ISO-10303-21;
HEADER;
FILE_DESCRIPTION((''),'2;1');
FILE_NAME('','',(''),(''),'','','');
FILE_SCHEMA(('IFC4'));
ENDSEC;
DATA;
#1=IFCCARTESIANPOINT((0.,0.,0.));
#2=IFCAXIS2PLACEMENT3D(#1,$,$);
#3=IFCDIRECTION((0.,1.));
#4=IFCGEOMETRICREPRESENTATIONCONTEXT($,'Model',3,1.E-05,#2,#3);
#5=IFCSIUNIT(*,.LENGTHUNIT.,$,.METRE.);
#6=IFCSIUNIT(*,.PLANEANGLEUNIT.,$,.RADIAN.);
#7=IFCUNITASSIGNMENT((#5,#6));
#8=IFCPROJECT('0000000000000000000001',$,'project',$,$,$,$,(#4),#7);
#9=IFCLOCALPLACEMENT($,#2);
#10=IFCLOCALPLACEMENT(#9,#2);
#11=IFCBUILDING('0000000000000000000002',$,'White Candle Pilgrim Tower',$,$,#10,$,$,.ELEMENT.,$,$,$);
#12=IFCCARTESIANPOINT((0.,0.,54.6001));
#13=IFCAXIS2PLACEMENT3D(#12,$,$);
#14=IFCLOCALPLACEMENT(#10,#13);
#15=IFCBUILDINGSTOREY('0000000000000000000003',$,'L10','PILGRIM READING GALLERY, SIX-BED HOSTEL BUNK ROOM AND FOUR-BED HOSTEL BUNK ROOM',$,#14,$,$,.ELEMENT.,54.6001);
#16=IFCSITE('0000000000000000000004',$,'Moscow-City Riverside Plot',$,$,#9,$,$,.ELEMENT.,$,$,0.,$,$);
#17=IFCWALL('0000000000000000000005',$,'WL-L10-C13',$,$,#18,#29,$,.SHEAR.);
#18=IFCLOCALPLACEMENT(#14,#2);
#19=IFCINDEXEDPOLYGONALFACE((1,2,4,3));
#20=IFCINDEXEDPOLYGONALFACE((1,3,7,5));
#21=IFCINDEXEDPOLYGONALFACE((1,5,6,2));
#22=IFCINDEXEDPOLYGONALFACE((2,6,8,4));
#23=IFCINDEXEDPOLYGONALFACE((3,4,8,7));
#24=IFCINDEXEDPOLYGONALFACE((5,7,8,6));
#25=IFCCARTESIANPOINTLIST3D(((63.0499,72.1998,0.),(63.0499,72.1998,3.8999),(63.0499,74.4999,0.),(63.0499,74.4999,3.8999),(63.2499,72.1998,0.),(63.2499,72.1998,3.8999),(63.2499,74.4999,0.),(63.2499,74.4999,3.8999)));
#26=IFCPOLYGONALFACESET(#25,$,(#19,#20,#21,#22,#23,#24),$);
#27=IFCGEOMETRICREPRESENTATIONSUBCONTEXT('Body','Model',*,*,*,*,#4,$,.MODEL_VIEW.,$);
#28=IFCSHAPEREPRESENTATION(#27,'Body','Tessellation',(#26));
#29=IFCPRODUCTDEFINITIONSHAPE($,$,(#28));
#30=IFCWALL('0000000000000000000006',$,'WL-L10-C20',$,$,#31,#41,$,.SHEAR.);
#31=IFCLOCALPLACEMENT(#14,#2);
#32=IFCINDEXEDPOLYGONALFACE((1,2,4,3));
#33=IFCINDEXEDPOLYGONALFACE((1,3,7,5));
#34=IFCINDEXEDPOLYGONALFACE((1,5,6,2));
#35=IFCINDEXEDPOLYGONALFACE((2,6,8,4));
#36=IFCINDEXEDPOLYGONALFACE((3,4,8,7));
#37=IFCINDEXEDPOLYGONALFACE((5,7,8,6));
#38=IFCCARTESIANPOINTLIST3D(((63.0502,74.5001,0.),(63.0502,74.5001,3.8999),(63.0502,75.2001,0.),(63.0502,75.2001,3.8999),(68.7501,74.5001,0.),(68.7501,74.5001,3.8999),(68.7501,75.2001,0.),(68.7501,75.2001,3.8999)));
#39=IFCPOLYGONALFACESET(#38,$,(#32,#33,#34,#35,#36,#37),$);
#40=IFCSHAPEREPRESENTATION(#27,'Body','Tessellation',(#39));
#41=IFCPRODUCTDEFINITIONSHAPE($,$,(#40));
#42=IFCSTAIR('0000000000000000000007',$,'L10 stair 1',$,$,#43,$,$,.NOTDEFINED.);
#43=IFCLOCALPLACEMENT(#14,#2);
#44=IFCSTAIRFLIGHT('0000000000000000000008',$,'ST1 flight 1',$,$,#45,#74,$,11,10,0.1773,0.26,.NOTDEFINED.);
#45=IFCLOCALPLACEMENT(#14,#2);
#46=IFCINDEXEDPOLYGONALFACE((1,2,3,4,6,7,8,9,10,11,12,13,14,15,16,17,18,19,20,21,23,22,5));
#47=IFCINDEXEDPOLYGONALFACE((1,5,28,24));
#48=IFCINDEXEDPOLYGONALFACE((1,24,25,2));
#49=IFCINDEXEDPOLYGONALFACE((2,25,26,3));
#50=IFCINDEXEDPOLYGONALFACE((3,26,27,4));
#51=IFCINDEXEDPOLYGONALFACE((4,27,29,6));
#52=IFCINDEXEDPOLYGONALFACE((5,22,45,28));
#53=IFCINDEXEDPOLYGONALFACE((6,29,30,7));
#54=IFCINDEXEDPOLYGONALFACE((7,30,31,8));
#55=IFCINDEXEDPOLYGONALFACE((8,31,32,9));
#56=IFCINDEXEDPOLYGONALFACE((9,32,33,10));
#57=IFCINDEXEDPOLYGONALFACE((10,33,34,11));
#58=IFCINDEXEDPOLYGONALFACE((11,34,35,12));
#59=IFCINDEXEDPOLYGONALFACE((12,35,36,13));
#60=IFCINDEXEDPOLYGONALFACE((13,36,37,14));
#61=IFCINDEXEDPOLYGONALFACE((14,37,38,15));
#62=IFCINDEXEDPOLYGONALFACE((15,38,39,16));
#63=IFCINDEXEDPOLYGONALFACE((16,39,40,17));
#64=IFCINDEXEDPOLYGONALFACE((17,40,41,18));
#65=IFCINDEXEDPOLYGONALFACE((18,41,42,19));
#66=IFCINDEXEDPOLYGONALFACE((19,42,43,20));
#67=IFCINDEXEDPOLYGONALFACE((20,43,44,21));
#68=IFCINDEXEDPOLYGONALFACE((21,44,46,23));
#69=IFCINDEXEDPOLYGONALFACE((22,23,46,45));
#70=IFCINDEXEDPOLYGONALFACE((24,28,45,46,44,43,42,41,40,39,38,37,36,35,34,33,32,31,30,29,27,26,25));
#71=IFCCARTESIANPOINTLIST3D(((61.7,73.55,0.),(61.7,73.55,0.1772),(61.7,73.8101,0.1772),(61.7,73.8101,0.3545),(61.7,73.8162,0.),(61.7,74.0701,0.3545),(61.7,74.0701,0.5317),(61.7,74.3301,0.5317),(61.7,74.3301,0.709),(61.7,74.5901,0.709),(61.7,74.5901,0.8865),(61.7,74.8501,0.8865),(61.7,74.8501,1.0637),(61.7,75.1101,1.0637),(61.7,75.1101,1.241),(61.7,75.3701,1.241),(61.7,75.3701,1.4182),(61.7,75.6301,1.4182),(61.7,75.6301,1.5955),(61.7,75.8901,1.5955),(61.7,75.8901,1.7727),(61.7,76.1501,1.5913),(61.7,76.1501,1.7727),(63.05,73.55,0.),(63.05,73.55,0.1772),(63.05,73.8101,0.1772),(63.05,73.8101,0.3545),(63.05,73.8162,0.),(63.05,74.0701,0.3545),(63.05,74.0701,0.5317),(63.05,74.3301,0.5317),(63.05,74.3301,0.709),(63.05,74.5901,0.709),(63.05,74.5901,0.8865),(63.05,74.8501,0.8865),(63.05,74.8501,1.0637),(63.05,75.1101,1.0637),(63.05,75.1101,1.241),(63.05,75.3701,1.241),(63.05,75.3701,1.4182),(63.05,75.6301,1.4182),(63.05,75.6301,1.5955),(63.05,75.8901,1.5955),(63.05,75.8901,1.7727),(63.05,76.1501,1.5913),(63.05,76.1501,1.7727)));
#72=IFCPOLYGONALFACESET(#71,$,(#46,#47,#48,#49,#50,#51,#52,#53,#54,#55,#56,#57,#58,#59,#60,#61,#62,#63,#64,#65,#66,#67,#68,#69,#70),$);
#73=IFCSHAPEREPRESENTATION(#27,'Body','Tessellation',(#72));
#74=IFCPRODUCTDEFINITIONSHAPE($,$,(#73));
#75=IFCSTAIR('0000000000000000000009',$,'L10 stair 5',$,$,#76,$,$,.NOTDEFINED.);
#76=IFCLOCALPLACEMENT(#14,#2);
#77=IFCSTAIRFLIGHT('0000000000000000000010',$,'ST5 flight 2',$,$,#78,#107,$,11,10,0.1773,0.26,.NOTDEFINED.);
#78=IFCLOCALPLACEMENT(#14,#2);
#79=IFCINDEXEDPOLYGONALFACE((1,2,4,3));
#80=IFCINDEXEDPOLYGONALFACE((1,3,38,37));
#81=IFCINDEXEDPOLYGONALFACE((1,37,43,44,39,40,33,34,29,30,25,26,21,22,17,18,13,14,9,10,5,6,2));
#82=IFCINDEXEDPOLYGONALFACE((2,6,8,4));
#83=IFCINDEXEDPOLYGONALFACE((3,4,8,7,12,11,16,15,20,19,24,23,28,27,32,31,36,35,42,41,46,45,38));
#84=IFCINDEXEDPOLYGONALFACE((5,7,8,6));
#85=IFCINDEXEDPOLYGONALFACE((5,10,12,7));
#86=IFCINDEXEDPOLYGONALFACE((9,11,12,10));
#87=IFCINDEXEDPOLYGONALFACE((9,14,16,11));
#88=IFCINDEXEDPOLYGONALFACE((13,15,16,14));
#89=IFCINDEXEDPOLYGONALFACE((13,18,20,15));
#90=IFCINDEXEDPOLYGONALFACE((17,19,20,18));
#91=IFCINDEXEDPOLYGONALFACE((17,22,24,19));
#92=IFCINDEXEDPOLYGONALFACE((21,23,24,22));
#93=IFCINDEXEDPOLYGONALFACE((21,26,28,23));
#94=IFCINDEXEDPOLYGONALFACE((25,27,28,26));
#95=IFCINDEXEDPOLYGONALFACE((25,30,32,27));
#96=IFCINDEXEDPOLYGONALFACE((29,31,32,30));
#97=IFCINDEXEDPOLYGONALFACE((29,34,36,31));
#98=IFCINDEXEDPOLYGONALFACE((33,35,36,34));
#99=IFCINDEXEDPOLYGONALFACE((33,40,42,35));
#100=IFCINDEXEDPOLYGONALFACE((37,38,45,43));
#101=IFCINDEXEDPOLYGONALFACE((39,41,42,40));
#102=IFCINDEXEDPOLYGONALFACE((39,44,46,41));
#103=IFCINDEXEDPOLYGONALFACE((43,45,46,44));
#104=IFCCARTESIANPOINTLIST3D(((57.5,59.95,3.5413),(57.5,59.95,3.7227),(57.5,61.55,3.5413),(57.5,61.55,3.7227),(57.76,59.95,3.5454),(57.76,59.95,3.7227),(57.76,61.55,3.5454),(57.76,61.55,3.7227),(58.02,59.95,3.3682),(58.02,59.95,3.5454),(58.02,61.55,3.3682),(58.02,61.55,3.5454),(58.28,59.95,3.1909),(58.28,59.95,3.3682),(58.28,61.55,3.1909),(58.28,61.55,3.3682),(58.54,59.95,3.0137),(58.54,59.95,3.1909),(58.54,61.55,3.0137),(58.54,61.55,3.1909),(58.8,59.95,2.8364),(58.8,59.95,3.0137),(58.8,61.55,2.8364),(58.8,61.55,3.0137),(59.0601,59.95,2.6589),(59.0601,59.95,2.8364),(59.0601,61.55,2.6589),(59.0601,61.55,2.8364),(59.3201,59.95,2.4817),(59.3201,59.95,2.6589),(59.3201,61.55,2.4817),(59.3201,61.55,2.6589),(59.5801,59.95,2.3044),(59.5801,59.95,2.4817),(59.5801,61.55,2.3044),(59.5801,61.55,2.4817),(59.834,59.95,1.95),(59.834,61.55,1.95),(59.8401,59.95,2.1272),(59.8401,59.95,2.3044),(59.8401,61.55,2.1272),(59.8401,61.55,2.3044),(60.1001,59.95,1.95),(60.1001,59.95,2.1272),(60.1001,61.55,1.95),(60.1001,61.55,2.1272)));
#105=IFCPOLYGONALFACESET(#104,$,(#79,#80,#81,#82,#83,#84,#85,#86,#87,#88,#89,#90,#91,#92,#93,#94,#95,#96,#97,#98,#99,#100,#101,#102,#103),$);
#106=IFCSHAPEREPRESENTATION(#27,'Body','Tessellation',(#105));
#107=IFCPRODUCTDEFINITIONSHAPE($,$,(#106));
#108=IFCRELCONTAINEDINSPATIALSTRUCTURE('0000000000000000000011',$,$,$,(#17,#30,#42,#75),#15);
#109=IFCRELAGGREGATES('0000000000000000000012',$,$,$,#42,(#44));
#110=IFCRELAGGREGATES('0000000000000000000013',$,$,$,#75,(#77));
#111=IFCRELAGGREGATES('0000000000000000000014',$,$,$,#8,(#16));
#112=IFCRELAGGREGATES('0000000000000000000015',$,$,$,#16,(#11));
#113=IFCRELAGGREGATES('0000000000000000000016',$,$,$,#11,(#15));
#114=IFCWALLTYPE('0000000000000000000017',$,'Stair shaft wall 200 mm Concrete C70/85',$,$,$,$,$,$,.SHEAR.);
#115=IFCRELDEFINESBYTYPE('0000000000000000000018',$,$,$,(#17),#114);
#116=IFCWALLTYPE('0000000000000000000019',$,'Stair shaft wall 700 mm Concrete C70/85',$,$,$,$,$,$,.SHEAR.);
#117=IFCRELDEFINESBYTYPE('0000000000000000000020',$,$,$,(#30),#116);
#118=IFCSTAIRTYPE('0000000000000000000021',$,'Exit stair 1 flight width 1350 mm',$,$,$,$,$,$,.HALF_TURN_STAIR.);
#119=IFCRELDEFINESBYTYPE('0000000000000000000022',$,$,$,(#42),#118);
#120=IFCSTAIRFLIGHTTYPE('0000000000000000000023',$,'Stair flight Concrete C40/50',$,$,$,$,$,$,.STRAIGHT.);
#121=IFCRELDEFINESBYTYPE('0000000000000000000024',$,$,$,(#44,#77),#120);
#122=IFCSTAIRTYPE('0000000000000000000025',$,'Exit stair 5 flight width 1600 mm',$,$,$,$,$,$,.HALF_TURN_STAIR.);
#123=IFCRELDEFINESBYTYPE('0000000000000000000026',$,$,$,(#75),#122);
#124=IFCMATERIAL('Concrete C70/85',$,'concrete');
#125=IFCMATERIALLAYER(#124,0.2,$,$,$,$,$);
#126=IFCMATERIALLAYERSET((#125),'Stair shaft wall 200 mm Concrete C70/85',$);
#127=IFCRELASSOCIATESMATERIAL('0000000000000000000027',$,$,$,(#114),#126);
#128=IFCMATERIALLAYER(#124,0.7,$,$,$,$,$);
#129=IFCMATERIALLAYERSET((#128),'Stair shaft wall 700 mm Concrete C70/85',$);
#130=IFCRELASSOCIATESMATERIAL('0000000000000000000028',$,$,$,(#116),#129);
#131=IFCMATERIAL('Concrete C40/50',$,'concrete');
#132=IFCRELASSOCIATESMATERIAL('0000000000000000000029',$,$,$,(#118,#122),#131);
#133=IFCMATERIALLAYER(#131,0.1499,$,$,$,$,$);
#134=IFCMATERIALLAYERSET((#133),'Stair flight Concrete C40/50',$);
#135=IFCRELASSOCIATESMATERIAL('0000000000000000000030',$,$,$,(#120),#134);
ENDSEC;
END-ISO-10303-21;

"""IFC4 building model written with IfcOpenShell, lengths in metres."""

from ifc_helpers import new_model, si_unit, direction, frame, frame_2d, origin, place, context, subcontext, project, spatial, polyline, rectangle, outline, extrude, material, layer, layer_set, type_object, element, aggregate, save


model = new_model("IFC4")

# Units and contexts
model_context = context("Model", 3, precision=1e-05, world=origin(), true_north=direction((0.0, 1.0)))
body_context = subcontext(model_context, "Body", "Model", "MODEL_VIEW")
ifc_project = project(units=[si_unit("LENGTHUNIT", "METRE"), si_unit("PLANEANGLEUNIT", "RADIAN")], contexts=[model_context])

# Site, building, storey
site_placement = place(None, origin())
site = spatial("IfcSite", under=ifc_project, at=site_placement, Name="Moscow-City Riverside Plot", CompositionType="ELEMENT", RefElevation=0.0)
building_placement = place(site_placement, origin())
building = spatial("IfcBuilding", under=site, at=building_placement, Name="White Candle Pilgrim Tower", CompositionType="ELEMENT")
storey_placement = place(building_placement, frame((0.0, 0.0, 54.6001)))
storey = spatial("IfcBuildingStorey", under=building, at=storey_placement, Name="L10", Description="PILGRIM READING GALLERY, SIX-BED HOSTEL BUNK ROOM AND FOUR-BED HOSTEL BUNK ROOM", CompositionType="ELEMENT", Elevation=54.6001)

# Shared definitions
ifc_material_1 = material(Name="Concrete C70/85", Category="concrete")

# Walls
ifc_layer_1 = layer(ifc_material_1, 0.2)
ifc_layer_set_1 = layer_set([ifc_layer_1], Name="Stair shaft wall 200 mm Concrete C70/85")
wall_type_1 = type_object("IfcWallType", Name="Stair shaft wall 200 mm Concrete C70/85", PredefinedType="SHEAR", material=ifc_layer_set_1)
wall_1_placement = place(storey_placement, frame((63.1499, 72.2, 0.0), z_axis=(0.0, 0.0, 1.0), x_axis=(0.0, 1.0, 0.0)))
element("IfcWall", 1, at=wall_1_placement, inside=storey, type_object=wall_type_1, Name="WL-L10-C13", PredefinedType="SHEAR", context=body_context, shape_type="SweptSolid", body=[
    extrude(rectangle(XDim=2.3, YDim=0.2, at=frame_2d((1.1499, 0.0))), origin(), (0.0, 0.0, 1.0), 3.8999),
])
ifc_layer_2 = layer(ifc_material_1, 0.7)
ifc_layer_set_2 = layer_set([ifc_layer_2], Name="Stair shaft wall 700 mm Concrete C70/85")
wall_type_2 = type_object("IfcWallType", Name="Stair shaft wall 700 mm Concrete C70/85", PredefinedType="SHEAR", material=ifc_layer_set_2)
wall_2_placement = place(storey_placement, frame((63.05, 74.8501, 0.0), z_axis=(0.0, 0.0, 1.0), x_axis=(1.0, 0.0, 0.0)))
element("IfcWall", 2, at=wall_2_placement, inside=storey, type_object=wall_type_2, Name="WL-L10-C20", PredefinedType="SHEAR", context=body_context, shape_type="SweptSolid", body=[
    extrude(rectangle(XDim=5.7, YDim=0.7, at=frame_2d((2.8501, 0.0))), origin(), (0.0, 0.0, 1.0), 3.8999),
])

# Stairs, stair flights
ifc_material_2 = material(Name="Concrete C40/50", Category="concrete")
stair_type_1 = type_object("IfcStairType", Name="Exit stair 1 flight width 1350 mm", PredefinedType="HALF_TURN_STAIR", material=ifc_material_2)
stair_1_placement = place(storey_placement, origin())
stair_1 = element("IfcStair", 3, at=stair_1_placement, inside=storey, type_object=stair_type_1, Name="L10 stair 1", PredefinedType="NOTDEFINED")
ifc_layer_3 = layer(ifc_material_2, 0.1499)
ifc_layer_set_3 = layer_set([ifc_layer_3], Name="Stair flight Concrete C40/50")
stair_flight_type = type_object("IfcStairFlightType", Name="Stair flight Concrete C40/50", PredefinedType="STRAIGHT", material=ifc_layer_set_3)
stair_flight_1_placement = place(storey_placement, frame((62.375, 73.55, 0.0), z_axis=(0.0, 0.0, 1.0), x_axis=(0.0, 1.0, 0.0)))
stair_flight_1 = element("IfcStairFlight", 4, at=stair_flight_1_placement, type_object=stair_flight_type, Name="ST1 flight 1", NumberOfRisers=11, NumberOfTreads=10, PredefinedType="NOTDEFINED", RiserHeight=0.1773, TreadLength=0.26, context=body_context, shape_type="SweptSolid", body=[
    extrude(outline(polyline([(0.0, 0.0), (0.0, 0.1772), (0.26, 0.1772), (0.26, 0.3545), (0.52, 0.3545), (0.52, 0.5317), (0.78, 0.5317), (0.78, 0.709), (1.04, 0.709), (1.04, 0.8865), (1.3, 0.8865), (1.3, 1.0637), (1.5601, 1.0637), (1.5601, 1.241), (1.8201, 1.241), (1.8201, 1.4182), (2.0801, 1.4182), (2.0801, 1.5955), (2.3401, 1.5955), (2.3401, 1.7727), (2.6001, 1.7727), (2.6001, 1.95), (2.6001, 1.5913), (0.2661, 0.0), (0.0, 0.0)])), frame((0.0, 0.675, 0.0), z_axis=(0.0, -1.0, 0.0), x_axis=(1.0, 0.0, 0.0)), (0.0, 0.0, 1.0), 1.3501),
])
aggregate(stair_1, [stair_flight_1])
stair_type_2 = type_object("IfcStairType", Name="Exit stair 5 flight width 1600 mm", PredefinedType="HALF_TURN_STAIR", material=ifc_material_2)
stair_2_placement = place(storey_placement, origin())
stair_2 = element("IfcStair", 5, at=stair_2_placement, inside=storey, type_object=stair_type_2, Name="L10 stair 5", PredefinedType="NOTDEFINED")
stair_flight_2_placement = place(storey_placement, frame((60.1001, 60.75, 1.95), z_axis=(0.0, 0.0, 1.0), x_axis=(-1.0, 0.0, 0.0)))
stair_flight_2 = element("IfcStairFlight", 6, at=stair_flight_2_placement, type_object=stair_flight_type, Name="ST5 flight 2", NumberOfRisers=11, NumberOfTreads=10, PredefinedType="NOTDEFINED", RiserHeight=0.1773, TreadLength=0.26, context=body_context, shape_type="SweptSolid", body=[
    extrude(outline(polyline([(0.0, 0.0), (0.0, 0.1772), (0.26, 0.1772), (0.26, 0.3545), (0.52, 0.3545), (0.52, 0.5317), (0.78, 0.5317), (0.78, 0.709), (1.04, 0.709), (1.04, 0.8865), (1.3, 0.8865), (1.3, 1.0637), (1.5601, 1.0637), (1.5601, 1.241), (1.8201, 1.241), (1.8201, 1.4182), (2.0801, 1.4182), (2.0801, 1.5955), (2.3401, 1.5955), (2.3401, 1.7727), (2.6001, 1.7727), (2.6001, 1.95), (2.6001, 1.5913), (0.2661, 0.0), (0.0, 0.0)])), frame((0.0, 0.8, 0.0), z_axis=(0.0, -1.0, 0.0), x_axis=(1.0, 0.0, 0.0)), (0.0, 0.0, 1.0), 1.6001),
])
aggregate(stair_2, [stair_flight_2])

save(model, "model.ifc")
